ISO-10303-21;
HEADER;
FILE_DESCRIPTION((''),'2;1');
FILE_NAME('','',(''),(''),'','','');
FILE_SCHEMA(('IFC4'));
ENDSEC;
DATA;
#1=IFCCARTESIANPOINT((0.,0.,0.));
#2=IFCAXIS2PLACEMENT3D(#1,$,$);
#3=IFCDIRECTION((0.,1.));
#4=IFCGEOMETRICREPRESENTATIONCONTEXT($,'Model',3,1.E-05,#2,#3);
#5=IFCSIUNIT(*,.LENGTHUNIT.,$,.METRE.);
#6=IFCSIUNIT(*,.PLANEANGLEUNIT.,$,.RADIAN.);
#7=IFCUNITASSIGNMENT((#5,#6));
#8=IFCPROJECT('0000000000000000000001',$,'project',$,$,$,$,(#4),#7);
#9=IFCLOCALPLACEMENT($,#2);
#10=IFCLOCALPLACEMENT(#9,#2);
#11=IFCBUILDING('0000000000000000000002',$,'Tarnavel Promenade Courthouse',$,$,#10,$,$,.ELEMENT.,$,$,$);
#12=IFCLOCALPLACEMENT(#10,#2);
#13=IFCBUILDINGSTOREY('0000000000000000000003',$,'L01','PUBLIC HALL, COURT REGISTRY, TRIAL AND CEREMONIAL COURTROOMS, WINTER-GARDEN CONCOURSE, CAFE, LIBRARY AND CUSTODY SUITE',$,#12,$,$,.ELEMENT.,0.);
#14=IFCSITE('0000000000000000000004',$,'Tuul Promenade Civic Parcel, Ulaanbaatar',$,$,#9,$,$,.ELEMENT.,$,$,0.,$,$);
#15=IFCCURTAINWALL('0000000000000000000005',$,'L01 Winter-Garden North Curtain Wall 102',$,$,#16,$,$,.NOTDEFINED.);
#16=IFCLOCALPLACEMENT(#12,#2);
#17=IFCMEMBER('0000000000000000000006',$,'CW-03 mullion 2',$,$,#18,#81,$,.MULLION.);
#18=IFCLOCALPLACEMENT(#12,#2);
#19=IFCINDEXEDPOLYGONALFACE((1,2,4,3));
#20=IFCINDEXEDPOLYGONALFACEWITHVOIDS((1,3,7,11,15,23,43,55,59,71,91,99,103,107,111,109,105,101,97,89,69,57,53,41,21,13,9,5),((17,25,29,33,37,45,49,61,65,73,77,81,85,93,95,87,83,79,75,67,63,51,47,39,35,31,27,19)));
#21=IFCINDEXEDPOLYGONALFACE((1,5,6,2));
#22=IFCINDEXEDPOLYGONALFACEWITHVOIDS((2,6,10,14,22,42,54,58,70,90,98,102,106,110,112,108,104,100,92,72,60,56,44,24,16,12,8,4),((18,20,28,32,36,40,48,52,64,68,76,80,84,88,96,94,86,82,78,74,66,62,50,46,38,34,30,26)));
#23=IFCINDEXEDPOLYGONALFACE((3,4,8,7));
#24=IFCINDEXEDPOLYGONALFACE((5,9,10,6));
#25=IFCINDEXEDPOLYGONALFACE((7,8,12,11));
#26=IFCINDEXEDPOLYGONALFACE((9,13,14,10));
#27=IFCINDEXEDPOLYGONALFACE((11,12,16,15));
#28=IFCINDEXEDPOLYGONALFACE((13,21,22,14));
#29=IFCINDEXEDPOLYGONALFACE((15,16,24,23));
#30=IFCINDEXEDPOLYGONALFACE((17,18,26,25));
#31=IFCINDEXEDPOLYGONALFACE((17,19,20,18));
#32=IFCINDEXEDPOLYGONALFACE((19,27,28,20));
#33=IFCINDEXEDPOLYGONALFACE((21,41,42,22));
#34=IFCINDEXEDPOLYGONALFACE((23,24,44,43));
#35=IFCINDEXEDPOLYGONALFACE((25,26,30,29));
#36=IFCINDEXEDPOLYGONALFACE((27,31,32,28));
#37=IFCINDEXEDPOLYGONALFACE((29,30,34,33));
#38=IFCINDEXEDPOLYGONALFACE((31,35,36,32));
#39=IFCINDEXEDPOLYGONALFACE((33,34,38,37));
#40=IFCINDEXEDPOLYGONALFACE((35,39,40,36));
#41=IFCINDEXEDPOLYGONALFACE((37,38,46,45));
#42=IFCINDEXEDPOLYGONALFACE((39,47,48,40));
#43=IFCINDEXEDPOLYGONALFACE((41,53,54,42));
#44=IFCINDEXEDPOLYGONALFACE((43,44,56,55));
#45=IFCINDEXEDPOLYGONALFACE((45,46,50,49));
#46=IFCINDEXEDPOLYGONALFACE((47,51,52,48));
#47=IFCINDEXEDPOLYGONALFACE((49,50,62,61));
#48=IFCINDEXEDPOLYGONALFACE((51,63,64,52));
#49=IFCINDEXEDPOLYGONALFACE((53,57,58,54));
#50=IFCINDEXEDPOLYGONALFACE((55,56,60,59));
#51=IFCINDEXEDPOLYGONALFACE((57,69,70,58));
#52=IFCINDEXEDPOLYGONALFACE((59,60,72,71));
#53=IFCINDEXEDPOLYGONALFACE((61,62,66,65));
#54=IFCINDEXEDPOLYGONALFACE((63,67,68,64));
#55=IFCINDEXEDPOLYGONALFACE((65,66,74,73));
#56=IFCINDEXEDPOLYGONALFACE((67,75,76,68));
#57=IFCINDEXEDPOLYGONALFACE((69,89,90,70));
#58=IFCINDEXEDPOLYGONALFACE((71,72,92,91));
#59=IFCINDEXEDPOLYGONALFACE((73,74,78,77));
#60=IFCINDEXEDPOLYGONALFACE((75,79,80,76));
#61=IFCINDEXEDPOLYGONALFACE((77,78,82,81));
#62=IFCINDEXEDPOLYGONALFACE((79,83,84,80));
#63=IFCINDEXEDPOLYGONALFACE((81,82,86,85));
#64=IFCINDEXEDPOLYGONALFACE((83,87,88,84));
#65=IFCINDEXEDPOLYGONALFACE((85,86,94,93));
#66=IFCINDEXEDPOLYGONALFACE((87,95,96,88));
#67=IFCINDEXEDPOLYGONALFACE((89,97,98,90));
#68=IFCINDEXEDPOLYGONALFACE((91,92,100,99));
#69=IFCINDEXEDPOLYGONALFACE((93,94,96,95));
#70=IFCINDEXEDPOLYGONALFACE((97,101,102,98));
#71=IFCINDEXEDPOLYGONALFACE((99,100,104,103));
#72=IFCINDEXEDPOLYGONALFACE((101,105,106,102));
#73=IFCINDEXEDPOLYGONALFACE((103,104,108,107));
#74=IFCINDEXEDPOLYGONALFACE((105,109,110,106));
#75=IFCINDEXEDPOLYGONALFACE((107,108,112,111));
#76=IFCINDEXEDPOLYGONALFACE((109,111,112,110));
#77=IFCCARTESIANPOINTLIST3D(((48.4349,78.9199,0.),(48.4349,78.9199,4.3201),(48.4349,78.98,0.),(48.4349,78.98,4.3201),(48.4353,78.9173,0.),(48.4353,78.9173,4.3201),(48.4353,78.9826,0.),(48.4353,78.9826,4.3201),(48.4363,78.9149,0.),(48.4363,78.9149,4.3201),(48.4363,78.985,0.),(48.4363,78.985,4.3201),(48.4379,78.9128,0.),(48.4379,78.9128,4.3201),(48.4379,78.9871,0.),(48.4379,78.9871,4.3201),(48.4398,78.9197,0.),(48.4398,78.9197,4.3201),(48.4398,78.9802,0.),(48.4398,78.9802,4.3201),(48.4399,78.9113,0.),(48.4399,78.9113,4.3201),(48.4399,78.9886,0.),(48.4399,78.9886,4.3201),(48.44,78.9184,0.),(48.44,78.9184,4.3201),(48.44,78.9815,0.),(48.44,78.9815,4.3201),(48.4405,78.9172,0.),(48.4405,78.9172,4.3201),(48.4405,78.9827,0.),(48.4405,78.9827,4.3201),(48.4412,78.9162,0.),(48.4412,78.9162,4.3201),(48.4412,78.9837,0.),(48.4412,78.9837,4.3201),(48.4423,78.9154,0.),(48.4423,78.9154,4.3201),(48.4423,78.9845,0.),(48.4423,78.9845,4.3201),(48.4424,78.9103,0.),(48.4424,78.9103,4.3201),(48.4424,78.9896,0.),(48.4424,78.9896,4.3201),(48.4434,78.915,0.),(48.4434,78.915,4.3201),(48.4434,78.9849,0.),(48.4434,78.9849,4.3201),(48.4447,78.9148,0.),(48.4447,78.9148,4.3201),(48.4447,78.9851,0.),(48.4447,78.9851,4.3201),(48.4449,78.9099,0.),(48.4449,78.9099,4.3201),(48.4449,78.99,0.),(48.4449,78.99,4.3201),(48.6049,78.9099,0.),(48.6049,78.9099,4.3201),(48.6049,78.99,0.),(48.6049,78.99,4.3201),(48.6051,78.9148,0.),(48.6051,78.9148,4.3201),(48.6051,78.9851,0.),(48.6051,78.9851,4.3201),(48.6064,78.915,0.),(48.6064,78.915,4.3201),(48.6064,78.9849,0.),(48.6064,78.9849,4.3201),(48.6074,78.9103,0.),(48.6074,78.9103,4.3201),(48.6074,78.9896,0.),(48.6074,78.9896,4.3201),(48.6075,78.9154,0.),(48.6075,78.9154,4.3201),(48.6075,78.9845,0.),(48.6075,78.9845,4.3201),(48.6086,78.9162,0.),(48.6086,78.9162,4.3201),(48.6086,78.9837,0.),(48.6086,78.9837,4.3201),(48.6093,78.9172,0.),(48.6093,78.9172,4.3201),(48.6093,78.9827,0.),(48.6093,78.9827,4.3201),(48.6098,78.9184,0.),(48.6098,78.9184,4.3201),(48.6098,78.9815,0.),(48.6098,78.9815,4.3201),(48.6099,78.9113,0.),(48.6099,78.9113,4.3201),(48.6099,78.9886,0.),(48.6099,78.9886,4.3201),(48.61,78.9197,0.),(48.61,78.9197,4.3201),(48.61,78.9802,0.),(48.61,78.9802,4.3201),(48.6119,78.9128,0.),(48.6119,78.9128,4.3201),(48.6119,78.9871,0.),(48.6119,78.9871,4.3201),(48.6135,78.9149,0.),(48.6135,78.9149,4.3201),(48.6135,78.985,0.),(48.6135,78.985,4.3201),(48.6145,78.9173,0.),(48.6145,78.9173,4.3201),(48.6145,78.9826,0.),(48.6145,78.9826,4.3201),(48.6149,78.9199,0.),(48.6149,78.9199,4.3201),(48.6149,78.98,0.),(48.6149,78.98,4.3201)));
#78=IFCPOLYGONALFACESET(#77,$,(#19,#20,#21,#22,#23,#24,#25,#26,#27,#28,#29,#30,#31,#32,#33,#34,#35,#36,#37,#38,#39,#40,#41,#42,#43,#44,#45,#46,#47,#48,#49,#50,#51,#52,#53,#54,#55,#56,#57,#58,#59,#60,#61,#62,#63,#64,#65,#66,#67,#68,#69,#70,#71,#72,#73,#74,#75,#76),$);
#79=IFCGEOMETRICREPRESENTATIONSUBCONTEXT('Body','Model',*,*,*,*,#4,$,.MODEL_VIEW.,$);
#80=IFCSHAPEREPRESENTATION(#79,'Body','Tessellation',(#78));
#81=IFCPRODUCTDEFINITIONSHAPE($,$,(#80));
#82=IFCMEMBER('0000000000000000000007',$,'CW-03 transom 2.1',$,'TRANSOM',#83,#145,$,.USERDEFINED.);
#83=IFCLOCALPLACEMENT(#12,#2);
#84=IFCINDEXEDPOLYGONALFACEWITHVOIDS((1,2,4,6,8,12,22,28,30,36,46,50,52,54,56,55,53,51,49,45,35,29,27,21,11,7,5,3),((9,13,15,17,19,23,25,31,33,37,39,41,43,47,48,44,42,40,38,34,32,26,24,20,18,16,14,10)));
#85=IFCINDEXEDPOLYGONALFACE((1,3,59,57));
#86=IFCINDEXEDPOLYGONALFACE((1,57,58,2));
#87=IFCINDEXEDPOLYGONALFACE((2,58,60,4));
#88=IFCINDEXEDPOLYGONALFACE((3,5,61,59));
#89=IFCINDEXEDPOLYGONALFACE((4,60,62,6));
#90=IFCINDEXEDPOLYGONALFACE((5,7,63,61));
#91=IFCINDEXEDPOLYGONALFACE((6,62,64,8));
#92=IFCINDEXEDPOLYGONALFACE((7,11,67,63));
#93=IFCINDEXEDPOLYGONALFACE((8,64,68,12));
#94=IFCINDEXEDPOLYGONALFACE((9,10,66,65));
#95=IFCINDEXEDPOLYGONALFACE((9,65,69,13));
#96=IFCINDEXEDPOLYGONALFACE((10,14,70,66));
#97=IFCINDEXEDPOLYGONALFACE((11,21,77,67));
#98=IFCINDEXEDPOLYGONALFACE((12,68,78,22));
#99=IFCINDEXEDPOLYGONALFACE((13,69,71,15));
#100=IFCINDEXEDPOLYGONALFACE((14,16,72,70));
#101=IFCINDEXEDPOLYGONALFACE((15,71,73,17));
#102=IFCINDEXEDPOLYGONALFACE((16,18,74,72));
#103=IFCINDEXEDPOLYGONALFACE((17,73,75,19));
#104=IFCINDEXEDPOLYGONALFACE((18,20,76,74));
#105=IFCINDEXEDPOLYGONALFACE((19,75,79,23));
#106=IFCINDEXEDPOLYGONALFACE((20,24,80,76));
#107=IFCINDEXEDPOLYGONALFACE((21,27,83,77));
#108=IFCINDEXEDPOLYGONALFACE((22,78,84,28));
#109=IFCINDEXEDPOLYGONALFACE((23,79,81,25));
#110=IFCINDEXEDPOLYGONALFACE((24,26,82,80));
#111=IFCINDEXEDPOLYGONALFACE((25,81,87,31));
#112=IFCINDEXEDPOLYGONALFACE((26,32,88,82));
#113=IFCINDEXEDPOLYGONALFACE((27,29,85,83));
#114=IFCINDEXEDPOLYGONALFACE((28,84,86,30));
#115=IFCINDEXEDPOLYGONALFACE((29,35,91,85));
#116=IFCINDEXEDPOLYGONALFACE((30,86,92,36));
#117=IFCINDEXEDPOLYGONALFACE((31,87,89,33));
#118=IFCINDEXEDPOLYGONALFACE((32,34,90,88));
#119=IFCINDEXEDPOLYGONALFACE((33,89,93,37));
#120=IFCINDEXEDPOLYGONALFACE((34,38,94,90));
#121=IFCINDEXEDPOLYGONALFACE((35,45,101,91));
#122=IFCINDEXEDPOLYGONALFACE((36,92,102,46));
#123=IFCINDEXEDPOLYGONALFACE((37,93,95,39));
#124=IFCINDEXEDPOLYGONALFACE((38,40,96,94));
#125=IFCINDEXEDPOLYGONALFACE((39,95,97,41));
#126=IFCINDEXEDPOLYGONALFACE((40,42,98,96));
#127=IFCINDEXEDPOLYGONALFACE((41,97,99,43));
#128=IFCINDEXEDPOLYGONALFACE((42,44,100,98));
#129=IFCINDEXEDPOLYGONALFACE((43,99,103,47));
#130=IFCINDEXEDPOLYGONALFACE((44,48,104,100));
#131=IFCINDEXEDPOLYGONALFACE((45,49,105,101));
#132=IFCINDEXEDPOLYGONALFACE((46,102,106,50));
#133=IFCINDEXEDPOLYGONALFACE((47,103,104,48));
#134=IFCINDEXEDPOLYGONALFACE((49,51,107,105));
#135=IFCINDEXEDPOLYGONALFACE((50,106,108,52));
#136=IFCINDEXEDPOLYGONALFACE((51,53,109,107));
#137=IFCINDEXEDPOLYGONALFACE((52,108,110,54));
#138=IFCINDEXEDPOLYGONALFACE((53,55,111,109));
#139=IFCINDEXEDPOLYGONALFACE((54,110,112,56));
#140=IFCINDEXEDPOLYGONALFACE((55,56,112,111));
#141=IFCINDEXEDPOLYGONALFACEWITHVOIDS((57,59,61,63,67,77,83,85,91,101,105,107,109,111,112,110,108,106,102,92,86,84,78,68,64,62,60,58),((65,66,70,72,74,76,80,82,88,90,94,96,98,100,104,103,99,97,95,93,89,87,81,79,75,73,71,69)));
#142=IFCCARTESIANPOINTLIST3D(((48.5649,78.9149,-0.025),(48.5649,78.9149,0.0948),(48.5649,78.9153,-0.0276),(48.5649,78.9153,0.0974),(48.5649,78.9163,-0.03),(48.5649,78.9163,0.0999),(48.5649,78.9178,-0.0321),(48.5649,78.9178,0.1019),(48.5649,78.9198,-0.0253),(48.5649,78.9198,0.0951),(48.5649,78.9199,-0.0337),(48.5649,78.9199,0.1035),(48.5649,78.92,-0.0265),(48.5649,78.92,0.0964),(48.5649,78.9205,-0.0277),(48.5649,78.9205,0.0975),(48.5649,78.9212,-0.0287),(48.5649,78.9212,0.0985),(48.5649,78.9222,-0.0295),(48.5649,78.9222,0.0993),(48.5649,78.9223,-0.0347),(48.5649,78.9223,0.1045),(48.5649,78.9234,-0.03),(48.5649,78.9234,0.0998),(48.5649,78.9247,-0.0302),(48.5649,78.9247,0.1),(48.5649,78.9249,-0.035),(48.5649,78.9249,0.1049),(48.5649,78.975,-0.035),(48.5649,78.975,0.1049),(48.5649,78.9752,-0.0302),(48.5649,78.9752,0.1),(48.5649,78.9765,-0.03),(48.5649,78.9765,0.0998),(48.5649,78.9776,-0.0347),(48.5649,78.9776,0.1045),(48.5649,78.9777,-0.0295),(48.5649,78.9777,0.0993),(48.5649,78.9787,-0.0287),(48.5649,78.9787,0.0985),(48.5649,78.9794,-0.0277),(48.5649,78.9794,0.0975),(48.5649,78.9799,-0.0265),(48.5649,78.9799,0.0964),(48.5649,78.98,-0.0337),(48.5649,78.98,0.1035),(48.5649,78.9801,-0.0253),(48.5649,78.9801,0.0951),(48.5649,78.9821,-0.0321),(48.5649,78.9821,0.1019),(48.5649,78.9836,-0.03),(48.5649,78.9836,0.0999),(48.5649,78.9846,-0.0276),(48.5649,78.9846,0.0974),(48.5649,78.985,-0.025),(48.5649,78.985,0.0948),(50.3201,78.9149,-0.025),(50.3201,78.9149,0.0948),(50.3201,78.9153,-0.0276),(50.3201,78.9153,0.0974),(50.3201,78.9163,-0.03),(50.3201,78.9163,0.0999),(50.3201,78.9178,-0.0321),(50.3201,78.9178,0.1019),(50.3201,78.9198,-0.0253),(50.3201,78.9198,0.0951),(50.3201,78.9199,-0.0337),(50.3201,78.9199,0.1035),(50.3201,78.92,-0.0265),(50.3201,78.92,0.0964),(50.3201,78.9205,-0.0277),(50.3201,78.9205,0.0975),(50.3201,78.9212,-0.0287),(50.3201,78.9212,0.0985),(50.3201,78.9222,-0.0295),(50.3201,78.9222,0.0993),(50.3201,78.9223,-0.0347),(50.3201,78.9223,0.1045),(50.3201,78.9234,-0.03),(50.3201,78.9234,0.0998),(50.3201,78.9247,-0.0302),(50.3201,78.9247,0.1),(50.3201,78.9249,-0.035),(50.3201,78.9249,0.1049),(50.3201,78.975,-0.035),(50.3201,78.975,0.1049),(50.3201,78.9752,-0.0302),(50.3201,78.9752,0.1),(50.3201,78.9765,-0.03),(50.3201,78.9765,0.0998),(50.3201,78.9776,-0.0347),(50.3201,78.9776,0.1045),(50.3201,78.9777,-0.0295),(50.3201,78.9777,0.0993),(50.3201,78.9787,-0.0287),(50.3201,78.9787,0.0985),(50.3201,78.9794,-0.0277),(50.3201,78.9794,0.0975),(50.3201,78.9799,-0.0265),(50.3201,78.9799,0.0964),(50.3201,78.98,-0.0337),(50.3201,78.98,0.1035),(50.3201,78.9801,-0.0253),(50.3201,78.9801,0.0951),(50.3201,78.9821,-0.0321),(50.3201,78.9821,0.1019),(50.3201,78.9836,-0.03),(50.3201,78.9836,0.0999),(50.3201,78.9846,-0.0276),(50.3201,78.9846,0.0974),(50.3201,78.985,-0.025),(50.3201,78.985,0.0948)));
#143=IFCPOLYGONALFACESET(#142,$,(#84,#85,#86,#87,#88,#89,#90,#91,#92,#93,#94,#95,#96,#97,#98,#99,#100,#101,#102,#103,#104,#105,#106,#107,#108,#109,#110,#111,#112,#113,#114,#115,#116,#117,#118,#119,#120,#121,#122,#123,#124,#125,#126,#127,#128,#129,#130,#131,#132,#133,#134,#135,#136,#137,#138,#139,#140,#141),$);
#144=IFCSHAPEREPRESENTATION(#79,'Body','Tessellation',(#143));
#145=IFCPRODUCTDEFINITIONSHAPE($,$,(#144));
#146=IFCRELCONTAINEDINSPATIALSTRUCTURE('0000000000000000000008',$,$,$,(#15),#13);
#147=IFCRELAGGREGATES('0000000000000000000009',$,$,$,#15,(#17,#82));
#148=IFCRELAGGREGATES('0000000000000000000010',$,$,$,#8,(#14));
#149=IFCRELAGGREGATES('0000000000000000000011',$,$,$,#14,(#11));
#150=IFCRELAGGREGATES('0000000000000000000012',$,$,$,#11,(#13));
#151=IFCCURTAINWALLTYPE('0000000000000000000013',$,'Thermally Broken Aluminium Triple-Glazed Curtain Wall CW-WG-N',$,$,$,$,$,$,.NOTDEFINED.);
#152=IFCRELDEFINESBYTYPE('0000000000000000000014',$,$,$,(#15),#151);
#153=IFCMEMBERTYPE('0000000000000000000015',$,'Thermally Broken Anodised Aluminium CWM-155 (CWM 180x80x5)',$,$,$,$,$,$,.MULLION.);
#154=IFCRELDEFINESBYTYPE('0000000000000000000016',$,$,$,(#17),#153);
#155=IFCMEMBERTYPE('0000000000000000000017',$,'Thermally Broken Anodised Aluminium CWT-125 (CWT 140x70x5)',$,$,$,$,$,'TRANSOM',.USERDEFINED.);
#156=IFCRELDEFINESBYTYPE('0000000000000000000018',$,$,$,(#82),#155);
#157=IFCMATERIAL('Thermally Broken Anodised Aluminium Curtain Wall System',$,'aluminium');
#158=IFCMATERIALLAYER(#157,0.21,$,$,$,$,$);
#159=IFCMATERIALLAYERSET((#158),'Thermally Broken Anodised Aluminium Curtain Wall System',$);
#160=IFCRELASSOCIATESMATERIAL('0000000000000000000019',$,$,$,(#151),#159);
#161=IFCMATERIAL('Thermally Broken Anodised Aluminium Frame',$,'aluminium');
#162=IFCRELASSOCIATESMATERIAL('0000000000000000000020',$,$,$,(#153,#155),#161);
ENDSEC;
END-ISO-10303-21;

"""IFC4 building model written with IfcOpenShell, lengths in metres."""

from ifc_helpers import new_model, si_unit, direction, frame, origin, origin_2d, place, context, subcontext, project, spatial, hollow_rectangle, extrude, material, layer, layer_set, material_profile, profile_set, type_object, element, aggregate, save


model = new_model("IFC4")

# Units and contexts
model_context = context("Model", 3, precision=1e-05, world=origin(), true_north=direction((0.0, 1.0)))
body_context = subcontext(model_context, "Body", "Model", "MODEL_VIEW")
ifc_project = project(units=[si_unit("LENGTHUNIT", "METRE"), si_unit("PLANEANGLEUNIT", "RADIAN")], contexts=[model_context])

# Site, building, storey
site_placement = place(None, origin())
site = spatial("IfcSite", under=ifc_project, at=site_placement, Name="Tuul Promenade Civic Parcel, Ulaanbaatar", CompositionType="ELEMENT", RefElevation=0.0)
building_placement = place(site_placement, origin())
building = spatial("IfcBuilding", under=site, at=building_placement, Name="Tarnavel Promenade Courthouse", CompositionType="ELEMENT")
storey_placement = place(building_placement, origin())
storey = spatial("IfcBuildingStorey", under=building, at=storey_placement, Name="L01", Description="PUBLIC HALL, COURT REGISTRY, TRIAL AND CEREMONIAL COURTROOMS, WINTER-GARDEN CONCOURSE, CAFE, LIBRARY AND CUSTODY SUITE", CompositionType="ELEMENT", Elevation=0.0)

# Curtain wall, members
ifc_material_1 = material(Name="Thermally Broken Anodised Aluminium Curtain Wall System", Category="aluminium")
ifc_layer_1 = layer(ifc_material_1, 0.21)
ifc_layer_set_1 = layer_set([ifc_layer_1], Name="Thermally Broken Anodised Aluminium Curtain Wall System")
curtain_wall_type = type_object("IfcCurtainWallType", Name="Thermally Broken Aluminium Triple-Glazed Curtain Wall CW-WG-N", PredefinedType="NOTDEFINED", material=ifc_layer_set_1)
curtain_wall_placement = place(storey_placement, origin())
curtain_wall = element("IfcCurtainWall", 1, at=curtain_wall_placement, inside=storey, type_object=curtain_wall_type, Name="L01 Winter-Garden North Curtain Wall 102", PredefinedType="NOTDEFINED")
ifc_material_2 = material(Name="Thermally Broken Anodised Aluminium Frame", Category="aluminium")
ifc_material_profile_1 = material_profile(ifc_material_2, hollow_rectangle(XDim=0.0801, YDim=0.1799, WallThickness=0.0049, InnerFilletRadius=0.0049, OuterFilletRadius=0.01, at=origin_2d()), Name="CWM 180x80x5")
ifc_profile_set_1 = profile_set([ifc_material_profile_1], Name="Thermally Broken Anodised Aluminium Frame")
member_type_1 = type_object("IfcMemberType", Name="Thermally Broken Anodised Aluminium CWM-155 (CWM 180x80x5)", PredefinedType="MULLION", material=ifc_profile_set_1)
member_1_placement = place(storey_placement, frame((48.5249, 78.95, 0.0), z_axis=(0.0, 0.0, 1.0), x_axis=(0.0, 1.0, 0.0)))
member_1 = element("IfcMember", 2, at=member_1_placement, type_object=member_type_1, Name="CW-03 mullion 2", PredefinedType="MULLION", context=body_context, shape_type="SweptSolid", body=[
    extrude(hollow_rectangle(XDim=0.0801, YDim=0.1799, WallThickness=0.0049, InnerFilletRadius=0.0049, OuterFilletRadius=0.01, at=origin_2d()), origin(), (0.0, 0.0, 1.0), 4.3201),
])
ifc_material_profile_2 = material_profile(ifc_material_2, hollow_rectangle(XDim=0.0701, YDim=0.1399, WallThickness=0.0049, InnerFilletRadius=0.0049, OuterFilletRadius=0.01, at=origin_2d()), Name="CWT 140x70x5")
ifc_profile_set_2 = profile_set([ifc_material_profile_2], Name="Thermally Broken Anodised Aluminium Frame")
member_type_2 = type_object("IfcMemberType", Name="Thermally Broken Anodised Aluminium CWT-125 (CWT 140x70x5)", ElementType="TRANSOM", PredefinedType="USERDEFINED", material=ifc_profile_set_2)
member_2_placement = place(storey_placement, frame((48.5649, 78.95, 0.0349), z_axis=(1.0, 0.0, 0.0), x_axis=(0.0, 1.0, 0.0)))
member_2 = element("IfcMember", 3, at=member_2_placement, type_object=member_type_2, Name="CW-03 transom 2.1", ObjectType="TRANSOM", PredefinedType="USERDEFINED", context=body_context, shape_type="SweptSolid", body=[
    extrude(hollow_rectangle(XDim=0.0701, YDim=0.1399, WallThickness=0.0049, InnerFilletRadius=0.0049, OuterFilletRadius=0.01, at=origin_2d()), origin(), (0.0, 0.0, 1.0), 1.7551),
])
aggregate(curtain_wall, [member_1, member_2])

save(model, "model.ifc")
